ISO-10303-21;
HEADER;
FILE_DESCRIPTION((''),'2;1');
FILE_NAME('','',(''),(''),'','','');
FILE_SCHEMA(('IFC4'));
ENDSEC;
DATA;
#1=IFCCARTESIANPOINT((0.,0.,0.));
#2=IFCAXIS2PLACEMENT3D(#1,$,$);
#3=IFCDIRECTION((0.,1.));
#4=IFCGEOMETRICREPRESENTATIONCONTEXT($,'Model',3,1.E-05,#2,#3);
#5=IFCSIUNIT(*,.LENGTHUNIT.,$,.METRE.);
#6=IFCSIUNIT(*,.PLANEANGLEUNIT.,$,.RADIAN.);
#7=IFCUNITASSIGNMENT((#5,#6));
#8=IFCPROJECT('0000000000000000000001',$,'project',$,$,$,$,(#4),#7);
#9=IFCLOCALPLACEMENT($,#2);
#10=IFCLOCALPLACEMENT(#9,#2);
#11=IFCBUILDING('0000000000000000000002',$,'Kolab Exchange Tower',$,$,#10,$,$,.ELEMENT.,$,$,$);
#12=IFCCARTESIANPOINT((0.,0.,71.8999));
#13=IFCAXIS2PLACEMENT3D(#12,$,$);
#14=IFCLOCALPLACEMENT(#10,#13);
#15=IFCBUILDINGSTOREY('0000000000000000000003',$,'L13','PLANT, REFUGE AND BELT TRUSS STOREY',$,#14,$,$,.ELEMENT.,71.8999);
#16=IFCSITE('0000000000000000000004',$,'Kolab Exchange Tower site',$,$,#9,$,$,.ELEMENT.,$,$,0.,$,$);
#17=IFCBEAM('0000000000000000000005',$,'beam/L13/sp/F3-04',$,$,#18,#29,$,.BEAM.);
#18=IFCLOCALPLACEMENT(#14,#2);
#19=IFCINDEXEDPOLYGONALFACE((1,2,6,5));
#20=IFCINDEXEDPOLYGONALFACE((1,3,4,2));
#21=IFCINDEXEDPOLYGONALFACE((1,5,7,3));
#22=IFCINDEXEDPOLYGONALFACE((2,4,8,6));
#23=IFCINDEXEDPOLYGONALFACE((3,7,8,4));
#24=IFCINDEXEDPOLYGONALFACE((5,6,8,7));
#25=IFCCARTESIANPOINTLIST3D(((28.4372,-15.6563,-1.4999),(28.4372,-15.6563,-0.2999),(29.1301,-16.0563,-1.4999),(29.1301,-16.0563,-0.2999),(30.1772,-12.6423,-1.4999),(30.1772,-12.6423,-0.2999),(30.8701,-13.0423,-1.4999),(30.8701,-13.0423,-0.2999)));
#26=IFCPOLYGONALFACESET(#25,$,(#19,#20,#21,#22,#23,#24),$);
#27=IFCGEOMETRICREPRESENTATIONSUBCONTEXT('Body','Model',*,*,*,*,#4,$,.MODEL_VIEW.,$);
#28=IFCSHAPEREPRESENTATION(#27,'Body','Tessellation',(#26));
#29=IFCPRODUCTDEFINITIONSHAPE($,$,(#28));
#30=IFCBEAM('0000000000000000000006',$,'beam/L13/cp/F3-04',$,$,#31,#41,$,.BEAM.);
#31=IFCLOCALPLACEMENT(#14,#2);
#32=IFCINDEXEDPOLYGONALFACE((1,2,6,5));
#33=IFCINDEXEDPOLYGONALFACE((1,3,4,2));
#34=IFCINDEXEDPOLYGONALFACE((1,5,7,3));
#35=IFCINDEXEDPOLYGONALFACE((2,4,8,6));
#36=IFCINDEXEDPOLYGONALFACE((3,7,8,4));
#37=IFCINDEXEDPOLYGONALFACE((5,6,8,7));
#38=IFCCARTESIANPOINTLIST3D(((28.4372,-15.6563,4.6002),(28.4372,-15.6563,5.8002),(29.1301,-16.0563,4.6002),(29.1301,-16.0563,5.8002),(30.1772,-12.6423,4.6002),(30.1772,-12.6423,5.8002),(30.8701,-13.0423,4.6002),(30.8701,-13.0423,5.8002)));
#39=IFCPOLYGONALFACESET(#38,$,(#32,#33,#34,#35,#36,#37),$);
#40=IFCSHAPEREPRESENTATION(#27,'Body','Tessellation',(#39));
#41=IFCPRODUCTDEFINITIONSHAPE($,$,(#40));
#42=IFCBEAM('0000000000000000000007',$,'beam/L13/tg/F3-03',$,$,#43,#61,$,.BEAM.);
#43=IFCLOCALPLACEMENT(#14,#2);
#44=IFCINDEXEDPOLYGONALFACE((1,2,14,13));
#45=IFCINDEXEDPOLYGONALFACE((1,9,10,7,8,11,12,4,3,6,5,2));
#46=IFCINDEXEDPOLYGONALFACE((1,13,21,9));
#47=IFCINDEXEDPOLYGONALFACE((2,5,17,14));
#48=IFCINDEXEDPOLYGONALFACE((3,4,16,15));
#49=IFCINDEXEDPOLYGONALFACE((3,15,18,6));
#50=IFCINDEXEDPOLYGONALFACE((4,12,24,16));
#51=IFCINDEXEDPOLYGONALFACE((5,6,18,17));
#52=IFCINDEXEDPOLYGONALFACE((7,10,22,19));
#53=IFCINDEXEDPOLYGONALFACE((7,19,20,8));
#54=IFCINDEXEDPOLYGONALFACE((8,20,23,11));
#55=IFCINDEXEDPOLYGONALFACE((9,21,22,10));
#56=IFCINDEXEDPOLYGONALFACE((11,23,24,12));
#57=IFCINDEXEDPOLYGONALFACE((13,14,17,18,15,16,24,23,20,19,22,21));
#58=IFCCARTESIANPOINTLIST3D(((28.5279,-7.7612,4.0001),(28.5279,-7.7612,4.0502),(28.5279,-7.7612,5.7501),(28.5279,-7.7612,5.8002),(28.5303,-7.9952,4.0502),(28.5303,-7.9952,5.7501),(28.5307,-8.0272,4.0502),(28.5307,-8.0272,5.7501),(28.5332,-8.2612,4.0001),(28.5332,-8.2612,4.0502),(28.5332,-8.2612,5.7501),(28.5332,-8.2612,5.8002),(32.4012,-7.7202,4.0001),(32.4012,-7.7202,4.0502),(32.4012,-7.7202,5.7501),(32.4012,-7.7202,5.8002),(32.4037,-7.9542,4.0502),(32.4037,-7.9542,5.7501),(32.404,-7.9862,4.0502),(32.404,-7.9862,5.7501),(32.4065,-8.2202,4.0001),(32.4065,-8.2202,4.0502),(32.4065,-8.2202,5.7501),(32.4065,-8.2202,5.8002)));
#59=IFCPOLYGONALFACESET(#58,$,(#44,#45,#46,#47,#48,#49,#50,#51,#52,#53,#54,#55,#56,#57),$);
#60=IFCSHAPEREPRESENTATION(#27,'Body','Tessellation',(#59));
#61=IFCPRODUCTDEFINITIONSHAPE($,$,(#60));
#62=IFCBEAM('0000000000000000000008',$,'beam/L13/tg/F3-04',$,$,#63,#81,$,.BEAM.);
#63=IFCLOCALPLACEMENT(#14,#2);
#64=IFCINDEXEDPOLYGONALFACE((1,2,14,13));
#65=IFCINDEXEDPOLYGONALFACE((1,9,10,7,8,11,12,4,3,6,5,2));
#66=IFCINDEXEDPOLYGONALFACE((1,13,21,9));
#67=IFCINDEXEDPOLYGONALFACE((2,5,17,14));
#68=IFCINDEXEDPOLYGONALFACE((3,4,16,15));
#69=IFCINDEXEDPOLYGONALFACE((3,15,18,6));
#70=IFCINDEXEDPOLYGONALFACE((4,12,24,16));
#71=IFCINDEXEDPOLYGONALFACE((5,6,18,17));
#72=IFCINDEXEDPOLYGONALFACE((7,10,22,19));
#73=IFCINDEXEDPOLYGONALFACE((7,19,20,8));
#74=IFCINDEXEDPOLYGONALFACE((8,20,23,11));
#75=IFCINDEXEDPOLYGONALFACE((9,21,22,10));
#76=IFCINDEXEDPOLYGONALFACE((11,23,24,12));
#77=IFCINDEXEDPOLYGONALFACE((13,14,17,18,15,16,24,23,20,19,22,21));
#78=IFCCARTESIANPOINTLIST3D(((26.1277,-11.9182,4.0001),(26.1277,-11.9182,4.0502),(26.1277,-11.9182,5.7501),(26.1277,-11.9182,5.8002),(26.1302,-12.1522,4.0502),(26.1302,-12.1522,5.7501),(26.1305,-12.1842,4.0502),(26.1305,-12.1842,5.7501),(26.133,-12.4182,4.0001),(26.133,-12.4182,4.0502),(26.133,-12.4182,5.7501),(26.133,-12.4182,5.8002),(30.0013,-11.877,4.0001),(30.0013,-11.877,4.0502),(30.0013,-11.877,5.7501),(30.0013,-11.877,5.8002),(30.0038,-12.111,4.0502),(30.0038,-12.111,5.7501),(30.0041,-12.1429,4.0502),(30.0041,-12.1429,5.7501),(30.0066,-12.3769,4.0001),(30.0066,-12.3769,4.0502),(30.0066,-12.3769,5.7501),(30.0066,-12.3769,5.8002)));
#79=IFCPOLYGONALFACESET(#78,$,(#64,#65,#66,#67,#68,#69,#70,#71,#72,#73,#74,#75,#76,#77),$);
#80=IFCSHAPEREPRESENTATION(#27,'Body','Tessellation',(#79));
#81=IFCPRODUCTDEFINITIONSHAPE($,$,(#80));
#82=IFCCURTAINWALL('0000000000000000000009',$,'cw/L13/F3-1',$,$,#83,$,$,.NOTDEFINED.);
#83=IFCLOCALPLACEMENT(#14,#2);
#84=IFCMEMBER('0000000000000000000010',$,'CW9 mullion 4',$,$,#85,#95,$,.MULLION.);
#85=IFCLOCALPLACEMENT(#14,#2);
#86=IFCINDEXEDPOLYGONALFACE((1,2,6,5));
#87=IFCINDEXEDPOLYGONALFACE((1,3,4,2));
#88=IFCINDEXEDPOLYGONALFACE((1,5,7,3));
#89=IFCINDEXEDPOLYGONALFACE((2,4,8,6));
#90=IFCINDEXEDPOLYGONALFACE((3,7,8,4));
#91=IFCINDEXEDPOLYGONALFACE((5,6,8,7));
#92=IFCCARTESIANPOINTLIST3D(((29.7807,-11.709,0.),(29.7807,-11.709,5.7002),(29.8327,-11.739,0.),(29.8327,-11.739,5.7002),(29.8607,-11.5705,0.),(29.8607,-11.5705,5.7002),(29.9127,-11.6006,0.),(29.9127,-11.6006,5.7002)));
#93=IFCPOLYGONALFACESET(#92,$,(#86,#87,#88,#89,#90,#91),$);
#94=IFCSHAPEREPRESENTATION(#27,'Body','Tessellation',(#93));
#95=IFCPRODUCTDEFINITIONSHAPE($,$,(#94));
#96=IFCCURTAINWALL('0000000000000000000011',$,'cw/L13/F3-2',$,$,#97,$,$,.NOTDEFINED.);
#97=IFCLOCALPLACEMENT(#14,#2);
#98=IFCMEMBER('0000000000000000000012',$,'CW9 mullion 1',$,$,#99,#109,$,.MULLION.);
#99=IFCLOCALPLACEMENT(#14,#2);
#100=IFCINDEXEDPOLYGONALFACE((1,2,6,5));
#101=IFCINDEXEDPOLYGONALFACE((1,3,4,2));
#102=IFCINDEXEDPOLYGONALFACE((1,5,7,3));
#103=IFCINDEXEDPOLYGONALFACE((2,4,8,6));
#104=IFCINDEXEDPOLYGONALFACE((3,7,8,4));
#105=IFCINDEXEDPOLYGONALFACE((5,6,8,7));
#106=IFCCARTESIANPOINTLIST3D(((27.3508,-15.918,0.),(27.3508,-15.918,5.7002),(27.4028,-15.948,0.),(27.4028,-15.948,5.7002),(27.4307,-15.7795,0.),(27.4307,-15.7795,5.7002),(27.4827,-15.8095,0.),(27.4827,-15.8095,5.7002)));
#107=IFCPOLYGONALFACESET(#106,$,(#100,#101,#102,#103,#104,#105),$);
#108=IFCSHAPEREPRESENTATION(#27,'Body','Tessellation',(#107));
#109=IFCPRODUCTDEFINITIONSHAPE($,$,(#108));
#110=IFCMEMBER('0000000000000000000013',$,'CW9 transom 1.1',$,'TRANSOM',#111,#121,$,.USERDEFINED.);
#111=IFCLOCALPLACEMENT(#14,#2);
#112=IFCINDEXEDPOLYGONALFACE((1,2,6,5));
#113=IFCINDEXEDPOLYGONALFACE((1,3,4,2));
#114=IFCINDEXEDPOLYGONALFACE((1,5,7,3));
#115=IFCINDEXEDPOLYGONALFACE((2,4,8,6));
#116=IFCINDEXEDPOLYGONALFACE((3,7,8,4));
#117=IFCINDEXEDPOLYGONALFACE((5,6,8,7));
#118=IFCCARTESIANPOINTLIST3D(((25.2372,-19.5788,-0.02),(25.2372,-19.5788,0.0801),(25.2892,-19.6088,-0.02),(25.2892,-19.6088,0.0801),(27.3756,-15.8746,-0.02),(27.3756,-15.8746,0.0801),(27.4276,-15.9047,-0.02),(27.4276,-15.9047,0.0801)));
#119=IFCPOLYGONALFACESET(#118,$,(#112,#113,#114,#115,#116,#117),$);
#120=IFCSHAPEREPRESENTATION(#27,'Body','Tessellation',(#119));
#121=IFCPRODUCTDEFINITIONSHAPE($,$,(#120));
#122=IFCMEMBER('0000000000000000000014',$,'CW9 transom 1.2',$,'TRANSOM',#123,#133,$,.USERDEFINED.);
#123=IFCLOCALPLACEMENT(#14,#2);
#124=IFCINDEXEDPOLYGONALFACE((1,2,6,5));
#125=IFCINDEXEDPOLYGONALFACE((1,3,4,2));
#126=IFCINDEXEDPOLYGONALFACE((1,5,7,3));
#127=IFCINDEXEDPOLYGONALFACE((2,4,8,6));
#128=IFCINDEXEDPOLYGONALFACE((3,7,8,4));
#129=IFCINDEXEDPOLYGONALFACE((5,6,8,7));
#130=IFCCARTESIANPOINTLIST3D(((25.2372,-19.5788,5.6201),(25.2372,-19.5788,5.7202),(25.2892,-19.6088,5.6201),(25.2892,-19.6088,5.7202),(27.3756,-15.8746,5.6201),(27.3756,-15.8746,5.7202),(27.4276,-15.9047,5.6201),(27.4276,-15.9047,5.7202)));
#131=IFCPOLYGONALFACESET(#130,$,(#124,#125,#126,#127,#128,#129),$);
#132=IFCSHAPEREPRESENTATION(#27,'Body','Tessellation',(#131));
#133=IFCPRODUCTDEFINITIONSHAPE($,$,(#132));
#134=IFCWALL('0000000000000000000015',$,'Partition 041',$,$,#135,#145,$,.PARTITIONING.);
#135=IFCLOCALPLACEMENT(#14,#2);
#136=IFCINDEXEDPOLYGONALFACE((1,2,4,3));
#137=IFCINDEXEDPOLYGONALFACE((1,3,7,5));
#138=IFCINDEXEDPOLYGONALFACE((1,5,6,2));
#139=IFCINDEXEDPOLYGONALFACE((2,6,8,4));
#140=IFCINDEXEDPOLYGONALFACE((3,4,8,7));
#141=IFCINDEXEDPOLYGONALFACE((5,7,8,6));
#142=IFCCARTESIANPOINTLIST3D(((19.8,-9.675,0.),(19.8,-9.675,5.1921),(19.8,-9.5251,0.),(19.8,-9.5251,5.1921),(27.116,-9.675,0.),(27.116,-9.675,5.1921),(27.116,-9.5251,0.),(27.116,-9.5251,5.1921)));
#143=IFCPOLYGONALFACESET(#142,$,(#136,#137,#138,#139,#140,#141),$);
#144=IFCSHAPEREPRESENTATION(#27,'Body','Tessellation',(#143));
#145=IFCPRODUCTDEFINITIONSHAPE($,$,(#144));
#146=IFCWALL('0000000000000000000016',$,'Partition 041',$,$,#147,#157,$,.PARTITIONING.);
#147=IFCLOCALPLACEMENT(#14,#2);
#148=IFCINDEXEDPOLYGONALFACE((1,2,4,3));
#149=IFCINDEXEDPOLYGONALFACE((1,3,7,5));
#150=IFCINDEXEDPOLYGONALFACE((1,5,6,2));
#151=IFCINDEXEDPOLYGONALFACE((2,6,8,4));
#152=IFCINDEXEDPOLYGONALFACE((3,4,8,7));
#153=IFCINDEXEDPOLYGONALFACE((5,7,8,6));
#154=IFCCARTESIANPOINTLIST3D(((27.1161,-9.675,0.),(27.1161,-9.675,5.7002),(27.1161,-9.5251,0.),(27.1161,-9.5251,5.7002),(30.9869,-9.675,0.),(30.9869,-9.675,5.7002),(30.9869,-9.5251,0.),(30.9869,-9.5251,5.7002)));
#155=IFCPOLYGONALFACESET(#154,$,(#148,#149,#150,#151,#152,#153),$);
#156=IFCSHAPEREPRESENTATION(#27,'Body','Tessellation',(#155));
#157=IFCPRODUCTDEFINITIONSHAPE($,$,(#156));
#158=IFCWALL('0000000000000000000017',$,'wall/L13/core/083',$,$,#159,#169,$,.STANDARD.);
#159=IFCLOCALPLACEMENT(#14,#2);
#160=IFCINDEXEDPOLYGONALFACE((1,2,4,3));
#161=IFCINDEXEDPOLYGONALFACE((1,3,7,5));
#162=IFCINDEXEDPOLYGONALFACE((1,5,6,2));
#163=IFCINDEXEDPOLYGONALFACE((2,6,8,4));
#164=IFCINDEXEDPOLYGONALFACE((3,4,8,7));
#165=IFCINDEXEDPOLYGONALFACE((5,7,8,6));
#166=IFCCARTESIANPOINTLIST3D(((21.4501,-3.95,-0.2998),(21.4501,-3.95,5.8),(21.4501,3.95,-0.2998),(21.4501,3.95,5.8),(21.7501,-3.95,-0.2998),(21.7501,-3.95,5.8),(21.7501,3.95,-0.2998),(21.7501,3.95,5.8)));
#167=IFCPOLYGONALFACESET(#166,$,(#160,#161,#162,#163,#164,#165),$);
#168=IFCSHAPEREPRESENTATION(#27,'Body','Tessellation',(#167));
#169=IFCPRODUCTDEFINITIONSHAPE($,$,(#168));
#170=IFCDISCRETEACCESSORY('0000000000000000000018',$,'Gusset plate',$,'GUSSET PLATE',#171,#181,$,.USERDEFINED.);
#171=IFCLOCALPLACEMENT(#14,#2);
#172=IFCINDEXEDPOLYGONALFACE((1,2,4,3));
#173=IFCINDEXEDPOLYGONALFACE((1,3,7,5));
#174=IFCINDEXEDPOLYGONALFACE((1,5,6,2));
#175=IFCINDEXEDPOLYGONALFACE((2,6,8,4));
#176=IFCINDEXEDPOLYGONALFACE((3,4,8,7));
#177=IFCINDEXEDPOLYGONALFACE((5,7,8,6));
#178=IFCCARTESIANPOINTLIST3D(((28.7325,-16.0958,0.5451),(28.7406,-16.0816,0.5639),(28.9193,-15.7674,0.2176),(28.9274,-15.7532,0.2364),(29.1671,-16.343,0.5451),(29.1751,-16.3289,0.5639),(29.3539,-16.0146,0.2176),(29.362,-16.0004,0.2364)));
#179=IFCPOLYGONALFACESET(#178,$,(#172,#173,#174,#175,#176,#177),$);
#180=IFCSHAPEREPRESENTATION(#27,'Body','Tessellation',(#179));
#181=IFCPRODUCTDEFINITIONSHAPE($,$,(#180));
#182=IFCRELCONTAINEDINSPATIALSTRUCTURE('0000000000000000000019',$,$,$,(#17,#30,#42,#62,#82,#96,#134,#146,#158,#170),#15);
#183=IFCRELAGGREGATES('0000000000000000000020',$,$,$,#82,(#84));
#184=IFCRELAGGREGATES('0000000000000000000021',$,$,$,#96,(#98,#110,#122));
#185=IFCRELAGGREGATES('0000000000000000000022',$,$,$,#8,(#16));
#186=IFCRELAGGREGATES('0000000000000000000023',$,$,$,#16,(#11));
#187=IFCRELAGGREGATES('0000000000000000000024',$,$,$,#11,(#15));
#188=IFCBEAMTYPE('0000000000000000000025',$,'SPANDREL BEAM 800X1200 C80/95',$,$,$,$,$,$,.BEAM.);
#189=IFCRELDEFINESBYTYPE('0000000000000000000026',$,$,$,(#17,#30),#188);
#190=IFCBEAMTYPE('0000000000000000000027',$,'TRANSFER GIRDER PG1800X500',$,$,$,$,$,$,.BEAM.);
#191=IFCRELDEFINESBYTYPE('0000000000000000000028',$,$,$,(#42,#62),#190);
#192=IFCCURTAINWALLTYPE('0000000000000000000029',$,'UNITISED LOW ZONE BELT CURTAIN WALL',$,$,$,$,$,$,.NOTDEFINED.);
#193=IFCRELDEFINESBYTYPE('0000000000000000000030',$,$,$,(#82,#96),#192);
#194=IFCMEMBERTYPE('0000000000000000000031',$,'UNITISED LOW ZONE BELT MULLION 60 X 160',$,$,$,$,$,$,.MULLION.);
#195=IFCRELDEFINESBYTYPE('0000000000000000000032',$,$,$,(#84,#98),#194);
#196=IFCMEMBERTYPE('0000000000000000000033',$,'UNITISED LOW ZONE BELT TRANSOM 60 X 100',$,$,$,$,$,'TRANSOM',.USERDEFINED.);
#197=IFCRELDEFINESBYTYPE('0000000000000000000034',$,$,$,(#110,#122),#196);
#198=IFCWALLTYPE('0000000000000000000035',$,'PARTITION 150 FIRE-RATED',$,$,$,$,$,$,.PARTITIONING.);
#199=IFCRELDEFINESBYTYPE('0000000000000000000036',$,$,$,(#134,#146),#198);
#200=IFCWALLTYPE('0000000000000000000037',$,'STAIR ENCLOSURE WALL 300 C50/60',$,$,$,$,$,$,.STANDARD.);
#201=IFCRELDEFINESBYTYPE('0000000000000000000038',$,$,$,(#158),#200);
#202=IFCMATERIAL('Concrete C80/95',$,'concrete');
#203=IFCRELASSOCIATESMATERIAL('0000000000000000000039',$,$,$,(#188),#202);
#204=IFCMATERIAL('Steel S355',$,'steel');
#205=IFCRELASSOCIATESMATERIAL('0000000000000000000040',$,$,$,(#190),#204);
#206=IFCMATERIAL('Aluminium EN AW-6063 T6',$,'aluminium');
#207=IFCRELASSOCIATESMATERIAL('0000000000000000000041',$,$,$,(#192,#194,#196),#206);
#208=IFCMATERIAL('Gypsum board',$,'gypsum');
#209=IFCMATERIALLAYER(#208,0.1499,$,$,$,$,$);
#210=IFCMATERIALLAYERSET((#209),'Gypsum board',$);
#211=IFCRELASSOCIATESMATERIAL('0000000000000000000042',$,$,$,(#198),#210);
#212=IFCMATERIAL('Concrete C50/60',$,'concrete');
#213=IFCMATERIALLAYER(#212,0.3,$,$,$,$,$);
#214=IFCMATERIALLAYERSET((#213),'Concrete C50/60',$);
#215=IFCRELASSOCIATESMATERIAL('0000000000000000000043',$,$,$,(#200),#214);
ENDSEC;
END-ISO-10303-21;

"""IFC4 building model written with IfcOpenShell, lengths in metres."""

from ifc_helpers import new_model, si_unit, direction, frame, frame_2d, origin, origin_2d, place, context, subcontext, project, spatial, rectangle, i_section, extrude, material, layer, layer_set, material_profile, profile_set, type_object, element, aggregate, save


model = new_model("IFC4")

# Units and contexts
model_context = context("Model", 3, precision=1e-05, world=origin(), true_north=direction((0.0, 1.0)))
body_context = subcontext(model_context, "Body", "Model", "MODEL_VIEW")
ifc_project = project(units=[si_unit("LENGTHUNIT", "METRE"), si_unit("PLANEANGLEUNIT", "RADIAN")], contexts=[model_context])

# Site, building, storey
site_placement = place(None, origin())
site = spatial("IfcSite", under=ifc_project, at=site_placement, Name="Kolab Exchange Tower site", CompositionType="ELEMENT", RefElevation=0.0)
building_placement = place(site_placement, origin())
building = spatial("IfcBuilding", under=site, at=building_placement, Name="Kolab Exchange Tower", CompositionType="ELEMENT")
storey_placement = place(building_placement, frame((0.0, 0.0, 71.8999)))
storey = spatial("IfcBuildingStorey", under=building, at=storey_placement, Name="L13", Description="PLANT, REFUGE AND BELT TRUSS STOREY", CompositionType="ELEMENT", Elevation=71.8999)

# Shared definitions
ifc_material_1 = material(Name="Concrete C80/95", Category="concrete")

# Shared definitions
ifc_material_2 = material(Name="Steel S355", Category="steel")

# Beams
ifc_material_profile_1 = material_profile(ifc_material_1, rectangle(XDim=0.8, YDim=1.2, at=origin_2d()), Name="RC800X1200")
ifc_profile_set_1 = profile_set([ifc_material_profile_1], Name="Concrete C80/95")
beam_type_1 = type_object("IfcBeamType", Name="SPANDREL BEAM 800X1200 C80/95", PredefinedType="BEAM", material=ifc_profile_set_1)
for number, where, z_axis, x_axis, name in (
    (1, (30.5237, -12.8423, -0.8999), (-0.49998, -0.866037, 0.0), (0.866037, -0.49998, 0.0), "beam/L13/sp/F3-04"),
    (2, (30.5237, -12.8423, 5.2002), (-0.49998, -0.866037, 0.0), (0.866037, -0.49998, 0.0), "beam/L13/cp/F3-04"),
):
    element("IfcBeam", number, at=place(storey_placement, frame(where, z_axis=z_axis, x_axis=x_axis)), inside=storey, type_object=beam_type_1, Name=name, PredefinedType="BEAM", context=body_context, shape_type="SweptSolid", body=[
        extrude(rectangle(XDim=0.8, YDim=1.2, at=origin_2d()), origin(), (0.0, 0.0, 1.0), 3.4802),
    ])
ifc_material_profile_2 = material_profile(ifc_material_2, i_section(OverallWidth=0.5, OverallDepth=1.8, WebThickness=0.032, FlangeThickness=0.05, at=origin_2d()), Name="PG1800X500")
ifc_profile_set_2 = profile_set([ifc_material_profile_2], Name="Steel S355")
beam_type_2 = type_object("IfcBeamType", Name="TRANSFER GIRDER PG1800X500", PredefinedType="BEAM", material=ifc_profile_set_2)
beam_1_placement = place(storey_placement, frame((28.5305, -8.0112, 4.9001), z_axis=(0.999944, 0.010589, 0.0), x_axis=(-0.010589, 0.999944, 0.0)))
element("IfcBeam", 3, at=beam_1_placement, inside=storey, type_object=beam_type_2, Name="beam/L13/tg/F3-03", PredefinedType="BEAM", context=body_context, shape_type="SweptSolid", body=[
    extrude(i_section(OverallWidth=0.5, OverallDepth=1.8, WebThickness=0.032, FlangeThickness=0.05, at=origin_2d()), origin(), (0.0, 0.0, 1.0), 3.8735),
])
beam_2_placement = place(storey_placement, frame((26.1304, -12.1682, 4.9001), z_axis=(0.999943, 0.010651, 0.0), x_axis=(-0.010651, 0.999943, 0.0)))
element("IfcBeam", 4, at=beam_2_placement, inside=storey, type_object=beam_type_2, Name="beam/L13/tg/F3-04", PredefinedType="BEAM", context=body_context, shape_type="SweptSolid", body=[
    extrude(i_section(OverallWidth=0.5, OverallDepth=1.8, WebThickness=0.032, FlangeThickness=0.05, at=origin_2d()), origin(), (0.0, 0.0, 1.0), 3.8738),
])

# Curtain wall, member
ifc_material_3 = material(Name="Aluminium EN AW-6063 T6", Category="aluminium")
curtain_wall_type = type_object("IfcCurtainWallType", Name="UNITISED LOW ZONE BELT CURTAIN WALL", PredefinedType="NOTDEFINED", material=ifc_material_3)
curtain_wall_1_placement = place(storey_placement, origin())
curtain_wall_1 = element("IfcCurtainWall", 5, at=curtain_wall_1_placement, inside=storey, type_object=curtain_wall_type, Name="cw/L13/F3-1", PredefinedType="NOTDEFINED")
ifc_material_profile_3 = material_profile(ifc_material_3, rectangle(XDim=0.0601, YDim=0.1599, at=origin_2d()), Name="RECT 60X160")
ifc_profile_set_3 = profile_set([ifc_material_profile_3], Name="Aluminium EN AW-6063 T6")
member_type_1 = type_object("IfcMemberType", Name="UNITISED LOW ZONE BELT MULLION 60 X 160", PredefinedType="MULLION", material=ifc_profile_set_3)
member_1_placement = place(storey_placement, frame((29.8467, -11.6548, 0.0), z_axis=(0.0, 0.0, 1.0), x_axis=(0.866025, -0.5, 0.0)))
member_1 = element("IfcMember", 6, at=member_1_placement, type_object=member_type_1, Name="CW9 mullion 4", PredefinedType="MULLION", context=body_context, shape_type="SweptSolid", body=[
    extrude(rectangle(XDim=0.0601, YDim=0.1599, at=origin_2d()), origin(), (0.0, 0.0, 1.0), 5.7002),
])
aggregate(curtain_wall_1, [member_1])

# Curtain wall, members
curtain_wall_2_placement = place(storey_placement, origin())
curtain_wall_2 = element("IfcCurtainWall", 7, at=curtain_wall_2_placement, inside=storey, type_object=curtain_wall_type, Name="cw/L13/F3-2", PredefinedType="NOTDEFINED")
member_2_placement = place(storey_placement, frame((27.4167, -15.8638, 0.0), z_axis=(0.0, 0.0, 1.0), x_axis=(0.866025, -0.5, 0.0)))
member_2 = element("IfcMember", 8, at=member_2_placement, type_object=member_type_1, Name="CW9 mullion 1", PredefinedType="MULLION", context=body_context, shape_type="SweptSolid", body=[
    extrude(rectangle(XDim=0.0601, YDim=0.1599, at=origin_2d()), origin(), (0.0, 0.0, 1.0), 5.7002),
])
ifc_material_profile_4 = material_profile(ifc_material_3, rectangle(XDim=0.0601, YDim=0.1001, at=origin_2d()), Name="RECT 60X100")
ifc_profile_set_4 = profile_set([ifc_material_profile_4], Name="Aluminium EN AW-6063 T6")
member_type_2 = type_object("IfcMemberType", Name="UNITISED LOW ZONE BELT TRANSOM 60 X 100", ElementType="TRANSOM", PredefinedType="USERDEFINED", material=ifc_profile_set_4)
member_3_placement = place(storey_placement, frame((27.4016, -15.8896, 0.03), z_axis=(-0.499976, -0.866039, 0.0), x_axis=(0.866039, -0.499976, 0.0)))
member_3 = element("IfcMember", 9, at=member_3_placement, type_object=member_type_2, Name="CW9 transom 1.1", ObjectType="TRANSOM", PredefinedType="USERDEFINED", context=body_context, shape_type="SweptSolid", body=[
    extrude(rectangle(XDim=0.0601, YDim=0.1001, at=origin_2d()), origin(), (0.0, 0.0, 1.0), 4.2771),
])
member_4_placement = place(storey_placement, frame((27.4016, -15.8896, 5.6702), z_axis=(-0.499976, -0.866039, 0.0), x_axis=(0.866039, -0.499976, 0.0)))
member_4 = element("IfcMember", 10, at=member_4_placement, type_object=member_type_2, Name="CW9 transom 1.2", ObjectType="TRANSOM", PredefinedType="USERDEFINED", context=body_context, shape_type="SweptSolid", body=[
    extrude(rectangle(XDim=0.0601, YDim=0.1001, at=origin_2d()), origin(), (0.0, 0.0, 1.0), 4.2771),
])
aggregate(curtain_wall_2, [member_2, member_3, member_4])

# Walls
ifc_material_4 = material(Name="Gypsum board", Category="gypsum")
ifc_layer_1 = layer(ifc_material_4, 0.1499)
ifc_layer_set_1 = layer_set([ifc_layer_1], Name="Gypsum board")
wall_type_1 = type_object("IfcWallType", Name="PARTITION 150 FIRE-RATED", PredefinedType="PARTITIONING", material=ifc_layer_set_1)
wall_1_placement = place(storey_placement, frame((19.8, -9.6001, 0.0), z_axis=(0.0, 0.0, 1.0), x_axis=(1.0, 0.0, 0.0)))
element("IfcWall", 11, at=wall_1_placement, inside=storey, type_object=wall_type_1, Name="Partition 041", PredefinedType="PARTITIONING", context=body_context, shape_type="SweptSolid", body=[
    extrude(rectangle(XDim=7.3159, YDim=0.1499, at=frame_2d((3.658, 0.0))), origin(), (0.0, 0.0, 1.0), 5.1921),
])
wall_2_placement = place(storey_placement, frame((27.116, -9.6001, 0.0), z_axis=(0.0, 0.0, 1.0), x_axis=(1.0, 0.0, 0.0)))
element("IfcWall", 12, at=wall_2_placement, inside=storey, type_object=wall_type_1, Name="Partition 041", PredefinedType="PARTITIONING", context=body_context, shape_type="SweptSolid", body=[
    extrude(rectangle(XDim=3.8708, YDim=0.1499, at=frame_2d((1.9355, 0.0))), origin(), (0.0, 0.0, 1.0), 5.7002),
])
ifc_material_5 = material(Name="Concrete C50/60", Category="concrete")
ifc_layer_2 = layer(ifc_material_5, 0.3)
ifc_layer_set_2 = layer_set([ifc_layer_2], Name="Concrete C50/60")
wall_type_2 = type_object("IfcWallType", Name="STAIR ENCLOSURE WALL 300 C50/60", PredefinedType="STANDARD", material=ifc_layer_set_2)
wall_3_placement = place(storey_placement, frame((21.6001, -3.95, -0.2998), z_axis=(0.0, 0.0, 1.0), x_axis=(0.0, 1.0, 0.0)))
element("IfcWall", 13, at=wall_3_placement, inside=storey, type_object=wall_type_2, Name="wall/L13/core/083", PredefinedType="STANDARD", context=body_context, shape_type="SweptSolid", body=[
    extrude(rectangle(XDim=7.8999, YDim=0.3, at=frame_2d((3.95, 0.0))), origin(), (0.0, 0.0, 1.0), 6.0999),
])

# Discrete accessory
discrete_accessory_placement = place(storey_placement, frame((29.0513, -16.041, 0.4001), z_axis=(-0.323872, -0.56923, -0.755701), x_axis=(0.869164, -0.494524, 0.0)))
element("IfcDiscreteAccessory", 14, at=discrete_accessory_placement, inside=storey, Name="Gusset plate", ObjectType="GUSSET PLATE", PredefinedType="USERDEFINED", context=body_context, shape_type="SweptSolid", body=[
    extrude(rectangle(XDim=0.5, YDim=0.5, at=origin_2d()), origin(), (0.0, 0.0, 1.0), 0.0249),
])

save(model, "model.ifc")
